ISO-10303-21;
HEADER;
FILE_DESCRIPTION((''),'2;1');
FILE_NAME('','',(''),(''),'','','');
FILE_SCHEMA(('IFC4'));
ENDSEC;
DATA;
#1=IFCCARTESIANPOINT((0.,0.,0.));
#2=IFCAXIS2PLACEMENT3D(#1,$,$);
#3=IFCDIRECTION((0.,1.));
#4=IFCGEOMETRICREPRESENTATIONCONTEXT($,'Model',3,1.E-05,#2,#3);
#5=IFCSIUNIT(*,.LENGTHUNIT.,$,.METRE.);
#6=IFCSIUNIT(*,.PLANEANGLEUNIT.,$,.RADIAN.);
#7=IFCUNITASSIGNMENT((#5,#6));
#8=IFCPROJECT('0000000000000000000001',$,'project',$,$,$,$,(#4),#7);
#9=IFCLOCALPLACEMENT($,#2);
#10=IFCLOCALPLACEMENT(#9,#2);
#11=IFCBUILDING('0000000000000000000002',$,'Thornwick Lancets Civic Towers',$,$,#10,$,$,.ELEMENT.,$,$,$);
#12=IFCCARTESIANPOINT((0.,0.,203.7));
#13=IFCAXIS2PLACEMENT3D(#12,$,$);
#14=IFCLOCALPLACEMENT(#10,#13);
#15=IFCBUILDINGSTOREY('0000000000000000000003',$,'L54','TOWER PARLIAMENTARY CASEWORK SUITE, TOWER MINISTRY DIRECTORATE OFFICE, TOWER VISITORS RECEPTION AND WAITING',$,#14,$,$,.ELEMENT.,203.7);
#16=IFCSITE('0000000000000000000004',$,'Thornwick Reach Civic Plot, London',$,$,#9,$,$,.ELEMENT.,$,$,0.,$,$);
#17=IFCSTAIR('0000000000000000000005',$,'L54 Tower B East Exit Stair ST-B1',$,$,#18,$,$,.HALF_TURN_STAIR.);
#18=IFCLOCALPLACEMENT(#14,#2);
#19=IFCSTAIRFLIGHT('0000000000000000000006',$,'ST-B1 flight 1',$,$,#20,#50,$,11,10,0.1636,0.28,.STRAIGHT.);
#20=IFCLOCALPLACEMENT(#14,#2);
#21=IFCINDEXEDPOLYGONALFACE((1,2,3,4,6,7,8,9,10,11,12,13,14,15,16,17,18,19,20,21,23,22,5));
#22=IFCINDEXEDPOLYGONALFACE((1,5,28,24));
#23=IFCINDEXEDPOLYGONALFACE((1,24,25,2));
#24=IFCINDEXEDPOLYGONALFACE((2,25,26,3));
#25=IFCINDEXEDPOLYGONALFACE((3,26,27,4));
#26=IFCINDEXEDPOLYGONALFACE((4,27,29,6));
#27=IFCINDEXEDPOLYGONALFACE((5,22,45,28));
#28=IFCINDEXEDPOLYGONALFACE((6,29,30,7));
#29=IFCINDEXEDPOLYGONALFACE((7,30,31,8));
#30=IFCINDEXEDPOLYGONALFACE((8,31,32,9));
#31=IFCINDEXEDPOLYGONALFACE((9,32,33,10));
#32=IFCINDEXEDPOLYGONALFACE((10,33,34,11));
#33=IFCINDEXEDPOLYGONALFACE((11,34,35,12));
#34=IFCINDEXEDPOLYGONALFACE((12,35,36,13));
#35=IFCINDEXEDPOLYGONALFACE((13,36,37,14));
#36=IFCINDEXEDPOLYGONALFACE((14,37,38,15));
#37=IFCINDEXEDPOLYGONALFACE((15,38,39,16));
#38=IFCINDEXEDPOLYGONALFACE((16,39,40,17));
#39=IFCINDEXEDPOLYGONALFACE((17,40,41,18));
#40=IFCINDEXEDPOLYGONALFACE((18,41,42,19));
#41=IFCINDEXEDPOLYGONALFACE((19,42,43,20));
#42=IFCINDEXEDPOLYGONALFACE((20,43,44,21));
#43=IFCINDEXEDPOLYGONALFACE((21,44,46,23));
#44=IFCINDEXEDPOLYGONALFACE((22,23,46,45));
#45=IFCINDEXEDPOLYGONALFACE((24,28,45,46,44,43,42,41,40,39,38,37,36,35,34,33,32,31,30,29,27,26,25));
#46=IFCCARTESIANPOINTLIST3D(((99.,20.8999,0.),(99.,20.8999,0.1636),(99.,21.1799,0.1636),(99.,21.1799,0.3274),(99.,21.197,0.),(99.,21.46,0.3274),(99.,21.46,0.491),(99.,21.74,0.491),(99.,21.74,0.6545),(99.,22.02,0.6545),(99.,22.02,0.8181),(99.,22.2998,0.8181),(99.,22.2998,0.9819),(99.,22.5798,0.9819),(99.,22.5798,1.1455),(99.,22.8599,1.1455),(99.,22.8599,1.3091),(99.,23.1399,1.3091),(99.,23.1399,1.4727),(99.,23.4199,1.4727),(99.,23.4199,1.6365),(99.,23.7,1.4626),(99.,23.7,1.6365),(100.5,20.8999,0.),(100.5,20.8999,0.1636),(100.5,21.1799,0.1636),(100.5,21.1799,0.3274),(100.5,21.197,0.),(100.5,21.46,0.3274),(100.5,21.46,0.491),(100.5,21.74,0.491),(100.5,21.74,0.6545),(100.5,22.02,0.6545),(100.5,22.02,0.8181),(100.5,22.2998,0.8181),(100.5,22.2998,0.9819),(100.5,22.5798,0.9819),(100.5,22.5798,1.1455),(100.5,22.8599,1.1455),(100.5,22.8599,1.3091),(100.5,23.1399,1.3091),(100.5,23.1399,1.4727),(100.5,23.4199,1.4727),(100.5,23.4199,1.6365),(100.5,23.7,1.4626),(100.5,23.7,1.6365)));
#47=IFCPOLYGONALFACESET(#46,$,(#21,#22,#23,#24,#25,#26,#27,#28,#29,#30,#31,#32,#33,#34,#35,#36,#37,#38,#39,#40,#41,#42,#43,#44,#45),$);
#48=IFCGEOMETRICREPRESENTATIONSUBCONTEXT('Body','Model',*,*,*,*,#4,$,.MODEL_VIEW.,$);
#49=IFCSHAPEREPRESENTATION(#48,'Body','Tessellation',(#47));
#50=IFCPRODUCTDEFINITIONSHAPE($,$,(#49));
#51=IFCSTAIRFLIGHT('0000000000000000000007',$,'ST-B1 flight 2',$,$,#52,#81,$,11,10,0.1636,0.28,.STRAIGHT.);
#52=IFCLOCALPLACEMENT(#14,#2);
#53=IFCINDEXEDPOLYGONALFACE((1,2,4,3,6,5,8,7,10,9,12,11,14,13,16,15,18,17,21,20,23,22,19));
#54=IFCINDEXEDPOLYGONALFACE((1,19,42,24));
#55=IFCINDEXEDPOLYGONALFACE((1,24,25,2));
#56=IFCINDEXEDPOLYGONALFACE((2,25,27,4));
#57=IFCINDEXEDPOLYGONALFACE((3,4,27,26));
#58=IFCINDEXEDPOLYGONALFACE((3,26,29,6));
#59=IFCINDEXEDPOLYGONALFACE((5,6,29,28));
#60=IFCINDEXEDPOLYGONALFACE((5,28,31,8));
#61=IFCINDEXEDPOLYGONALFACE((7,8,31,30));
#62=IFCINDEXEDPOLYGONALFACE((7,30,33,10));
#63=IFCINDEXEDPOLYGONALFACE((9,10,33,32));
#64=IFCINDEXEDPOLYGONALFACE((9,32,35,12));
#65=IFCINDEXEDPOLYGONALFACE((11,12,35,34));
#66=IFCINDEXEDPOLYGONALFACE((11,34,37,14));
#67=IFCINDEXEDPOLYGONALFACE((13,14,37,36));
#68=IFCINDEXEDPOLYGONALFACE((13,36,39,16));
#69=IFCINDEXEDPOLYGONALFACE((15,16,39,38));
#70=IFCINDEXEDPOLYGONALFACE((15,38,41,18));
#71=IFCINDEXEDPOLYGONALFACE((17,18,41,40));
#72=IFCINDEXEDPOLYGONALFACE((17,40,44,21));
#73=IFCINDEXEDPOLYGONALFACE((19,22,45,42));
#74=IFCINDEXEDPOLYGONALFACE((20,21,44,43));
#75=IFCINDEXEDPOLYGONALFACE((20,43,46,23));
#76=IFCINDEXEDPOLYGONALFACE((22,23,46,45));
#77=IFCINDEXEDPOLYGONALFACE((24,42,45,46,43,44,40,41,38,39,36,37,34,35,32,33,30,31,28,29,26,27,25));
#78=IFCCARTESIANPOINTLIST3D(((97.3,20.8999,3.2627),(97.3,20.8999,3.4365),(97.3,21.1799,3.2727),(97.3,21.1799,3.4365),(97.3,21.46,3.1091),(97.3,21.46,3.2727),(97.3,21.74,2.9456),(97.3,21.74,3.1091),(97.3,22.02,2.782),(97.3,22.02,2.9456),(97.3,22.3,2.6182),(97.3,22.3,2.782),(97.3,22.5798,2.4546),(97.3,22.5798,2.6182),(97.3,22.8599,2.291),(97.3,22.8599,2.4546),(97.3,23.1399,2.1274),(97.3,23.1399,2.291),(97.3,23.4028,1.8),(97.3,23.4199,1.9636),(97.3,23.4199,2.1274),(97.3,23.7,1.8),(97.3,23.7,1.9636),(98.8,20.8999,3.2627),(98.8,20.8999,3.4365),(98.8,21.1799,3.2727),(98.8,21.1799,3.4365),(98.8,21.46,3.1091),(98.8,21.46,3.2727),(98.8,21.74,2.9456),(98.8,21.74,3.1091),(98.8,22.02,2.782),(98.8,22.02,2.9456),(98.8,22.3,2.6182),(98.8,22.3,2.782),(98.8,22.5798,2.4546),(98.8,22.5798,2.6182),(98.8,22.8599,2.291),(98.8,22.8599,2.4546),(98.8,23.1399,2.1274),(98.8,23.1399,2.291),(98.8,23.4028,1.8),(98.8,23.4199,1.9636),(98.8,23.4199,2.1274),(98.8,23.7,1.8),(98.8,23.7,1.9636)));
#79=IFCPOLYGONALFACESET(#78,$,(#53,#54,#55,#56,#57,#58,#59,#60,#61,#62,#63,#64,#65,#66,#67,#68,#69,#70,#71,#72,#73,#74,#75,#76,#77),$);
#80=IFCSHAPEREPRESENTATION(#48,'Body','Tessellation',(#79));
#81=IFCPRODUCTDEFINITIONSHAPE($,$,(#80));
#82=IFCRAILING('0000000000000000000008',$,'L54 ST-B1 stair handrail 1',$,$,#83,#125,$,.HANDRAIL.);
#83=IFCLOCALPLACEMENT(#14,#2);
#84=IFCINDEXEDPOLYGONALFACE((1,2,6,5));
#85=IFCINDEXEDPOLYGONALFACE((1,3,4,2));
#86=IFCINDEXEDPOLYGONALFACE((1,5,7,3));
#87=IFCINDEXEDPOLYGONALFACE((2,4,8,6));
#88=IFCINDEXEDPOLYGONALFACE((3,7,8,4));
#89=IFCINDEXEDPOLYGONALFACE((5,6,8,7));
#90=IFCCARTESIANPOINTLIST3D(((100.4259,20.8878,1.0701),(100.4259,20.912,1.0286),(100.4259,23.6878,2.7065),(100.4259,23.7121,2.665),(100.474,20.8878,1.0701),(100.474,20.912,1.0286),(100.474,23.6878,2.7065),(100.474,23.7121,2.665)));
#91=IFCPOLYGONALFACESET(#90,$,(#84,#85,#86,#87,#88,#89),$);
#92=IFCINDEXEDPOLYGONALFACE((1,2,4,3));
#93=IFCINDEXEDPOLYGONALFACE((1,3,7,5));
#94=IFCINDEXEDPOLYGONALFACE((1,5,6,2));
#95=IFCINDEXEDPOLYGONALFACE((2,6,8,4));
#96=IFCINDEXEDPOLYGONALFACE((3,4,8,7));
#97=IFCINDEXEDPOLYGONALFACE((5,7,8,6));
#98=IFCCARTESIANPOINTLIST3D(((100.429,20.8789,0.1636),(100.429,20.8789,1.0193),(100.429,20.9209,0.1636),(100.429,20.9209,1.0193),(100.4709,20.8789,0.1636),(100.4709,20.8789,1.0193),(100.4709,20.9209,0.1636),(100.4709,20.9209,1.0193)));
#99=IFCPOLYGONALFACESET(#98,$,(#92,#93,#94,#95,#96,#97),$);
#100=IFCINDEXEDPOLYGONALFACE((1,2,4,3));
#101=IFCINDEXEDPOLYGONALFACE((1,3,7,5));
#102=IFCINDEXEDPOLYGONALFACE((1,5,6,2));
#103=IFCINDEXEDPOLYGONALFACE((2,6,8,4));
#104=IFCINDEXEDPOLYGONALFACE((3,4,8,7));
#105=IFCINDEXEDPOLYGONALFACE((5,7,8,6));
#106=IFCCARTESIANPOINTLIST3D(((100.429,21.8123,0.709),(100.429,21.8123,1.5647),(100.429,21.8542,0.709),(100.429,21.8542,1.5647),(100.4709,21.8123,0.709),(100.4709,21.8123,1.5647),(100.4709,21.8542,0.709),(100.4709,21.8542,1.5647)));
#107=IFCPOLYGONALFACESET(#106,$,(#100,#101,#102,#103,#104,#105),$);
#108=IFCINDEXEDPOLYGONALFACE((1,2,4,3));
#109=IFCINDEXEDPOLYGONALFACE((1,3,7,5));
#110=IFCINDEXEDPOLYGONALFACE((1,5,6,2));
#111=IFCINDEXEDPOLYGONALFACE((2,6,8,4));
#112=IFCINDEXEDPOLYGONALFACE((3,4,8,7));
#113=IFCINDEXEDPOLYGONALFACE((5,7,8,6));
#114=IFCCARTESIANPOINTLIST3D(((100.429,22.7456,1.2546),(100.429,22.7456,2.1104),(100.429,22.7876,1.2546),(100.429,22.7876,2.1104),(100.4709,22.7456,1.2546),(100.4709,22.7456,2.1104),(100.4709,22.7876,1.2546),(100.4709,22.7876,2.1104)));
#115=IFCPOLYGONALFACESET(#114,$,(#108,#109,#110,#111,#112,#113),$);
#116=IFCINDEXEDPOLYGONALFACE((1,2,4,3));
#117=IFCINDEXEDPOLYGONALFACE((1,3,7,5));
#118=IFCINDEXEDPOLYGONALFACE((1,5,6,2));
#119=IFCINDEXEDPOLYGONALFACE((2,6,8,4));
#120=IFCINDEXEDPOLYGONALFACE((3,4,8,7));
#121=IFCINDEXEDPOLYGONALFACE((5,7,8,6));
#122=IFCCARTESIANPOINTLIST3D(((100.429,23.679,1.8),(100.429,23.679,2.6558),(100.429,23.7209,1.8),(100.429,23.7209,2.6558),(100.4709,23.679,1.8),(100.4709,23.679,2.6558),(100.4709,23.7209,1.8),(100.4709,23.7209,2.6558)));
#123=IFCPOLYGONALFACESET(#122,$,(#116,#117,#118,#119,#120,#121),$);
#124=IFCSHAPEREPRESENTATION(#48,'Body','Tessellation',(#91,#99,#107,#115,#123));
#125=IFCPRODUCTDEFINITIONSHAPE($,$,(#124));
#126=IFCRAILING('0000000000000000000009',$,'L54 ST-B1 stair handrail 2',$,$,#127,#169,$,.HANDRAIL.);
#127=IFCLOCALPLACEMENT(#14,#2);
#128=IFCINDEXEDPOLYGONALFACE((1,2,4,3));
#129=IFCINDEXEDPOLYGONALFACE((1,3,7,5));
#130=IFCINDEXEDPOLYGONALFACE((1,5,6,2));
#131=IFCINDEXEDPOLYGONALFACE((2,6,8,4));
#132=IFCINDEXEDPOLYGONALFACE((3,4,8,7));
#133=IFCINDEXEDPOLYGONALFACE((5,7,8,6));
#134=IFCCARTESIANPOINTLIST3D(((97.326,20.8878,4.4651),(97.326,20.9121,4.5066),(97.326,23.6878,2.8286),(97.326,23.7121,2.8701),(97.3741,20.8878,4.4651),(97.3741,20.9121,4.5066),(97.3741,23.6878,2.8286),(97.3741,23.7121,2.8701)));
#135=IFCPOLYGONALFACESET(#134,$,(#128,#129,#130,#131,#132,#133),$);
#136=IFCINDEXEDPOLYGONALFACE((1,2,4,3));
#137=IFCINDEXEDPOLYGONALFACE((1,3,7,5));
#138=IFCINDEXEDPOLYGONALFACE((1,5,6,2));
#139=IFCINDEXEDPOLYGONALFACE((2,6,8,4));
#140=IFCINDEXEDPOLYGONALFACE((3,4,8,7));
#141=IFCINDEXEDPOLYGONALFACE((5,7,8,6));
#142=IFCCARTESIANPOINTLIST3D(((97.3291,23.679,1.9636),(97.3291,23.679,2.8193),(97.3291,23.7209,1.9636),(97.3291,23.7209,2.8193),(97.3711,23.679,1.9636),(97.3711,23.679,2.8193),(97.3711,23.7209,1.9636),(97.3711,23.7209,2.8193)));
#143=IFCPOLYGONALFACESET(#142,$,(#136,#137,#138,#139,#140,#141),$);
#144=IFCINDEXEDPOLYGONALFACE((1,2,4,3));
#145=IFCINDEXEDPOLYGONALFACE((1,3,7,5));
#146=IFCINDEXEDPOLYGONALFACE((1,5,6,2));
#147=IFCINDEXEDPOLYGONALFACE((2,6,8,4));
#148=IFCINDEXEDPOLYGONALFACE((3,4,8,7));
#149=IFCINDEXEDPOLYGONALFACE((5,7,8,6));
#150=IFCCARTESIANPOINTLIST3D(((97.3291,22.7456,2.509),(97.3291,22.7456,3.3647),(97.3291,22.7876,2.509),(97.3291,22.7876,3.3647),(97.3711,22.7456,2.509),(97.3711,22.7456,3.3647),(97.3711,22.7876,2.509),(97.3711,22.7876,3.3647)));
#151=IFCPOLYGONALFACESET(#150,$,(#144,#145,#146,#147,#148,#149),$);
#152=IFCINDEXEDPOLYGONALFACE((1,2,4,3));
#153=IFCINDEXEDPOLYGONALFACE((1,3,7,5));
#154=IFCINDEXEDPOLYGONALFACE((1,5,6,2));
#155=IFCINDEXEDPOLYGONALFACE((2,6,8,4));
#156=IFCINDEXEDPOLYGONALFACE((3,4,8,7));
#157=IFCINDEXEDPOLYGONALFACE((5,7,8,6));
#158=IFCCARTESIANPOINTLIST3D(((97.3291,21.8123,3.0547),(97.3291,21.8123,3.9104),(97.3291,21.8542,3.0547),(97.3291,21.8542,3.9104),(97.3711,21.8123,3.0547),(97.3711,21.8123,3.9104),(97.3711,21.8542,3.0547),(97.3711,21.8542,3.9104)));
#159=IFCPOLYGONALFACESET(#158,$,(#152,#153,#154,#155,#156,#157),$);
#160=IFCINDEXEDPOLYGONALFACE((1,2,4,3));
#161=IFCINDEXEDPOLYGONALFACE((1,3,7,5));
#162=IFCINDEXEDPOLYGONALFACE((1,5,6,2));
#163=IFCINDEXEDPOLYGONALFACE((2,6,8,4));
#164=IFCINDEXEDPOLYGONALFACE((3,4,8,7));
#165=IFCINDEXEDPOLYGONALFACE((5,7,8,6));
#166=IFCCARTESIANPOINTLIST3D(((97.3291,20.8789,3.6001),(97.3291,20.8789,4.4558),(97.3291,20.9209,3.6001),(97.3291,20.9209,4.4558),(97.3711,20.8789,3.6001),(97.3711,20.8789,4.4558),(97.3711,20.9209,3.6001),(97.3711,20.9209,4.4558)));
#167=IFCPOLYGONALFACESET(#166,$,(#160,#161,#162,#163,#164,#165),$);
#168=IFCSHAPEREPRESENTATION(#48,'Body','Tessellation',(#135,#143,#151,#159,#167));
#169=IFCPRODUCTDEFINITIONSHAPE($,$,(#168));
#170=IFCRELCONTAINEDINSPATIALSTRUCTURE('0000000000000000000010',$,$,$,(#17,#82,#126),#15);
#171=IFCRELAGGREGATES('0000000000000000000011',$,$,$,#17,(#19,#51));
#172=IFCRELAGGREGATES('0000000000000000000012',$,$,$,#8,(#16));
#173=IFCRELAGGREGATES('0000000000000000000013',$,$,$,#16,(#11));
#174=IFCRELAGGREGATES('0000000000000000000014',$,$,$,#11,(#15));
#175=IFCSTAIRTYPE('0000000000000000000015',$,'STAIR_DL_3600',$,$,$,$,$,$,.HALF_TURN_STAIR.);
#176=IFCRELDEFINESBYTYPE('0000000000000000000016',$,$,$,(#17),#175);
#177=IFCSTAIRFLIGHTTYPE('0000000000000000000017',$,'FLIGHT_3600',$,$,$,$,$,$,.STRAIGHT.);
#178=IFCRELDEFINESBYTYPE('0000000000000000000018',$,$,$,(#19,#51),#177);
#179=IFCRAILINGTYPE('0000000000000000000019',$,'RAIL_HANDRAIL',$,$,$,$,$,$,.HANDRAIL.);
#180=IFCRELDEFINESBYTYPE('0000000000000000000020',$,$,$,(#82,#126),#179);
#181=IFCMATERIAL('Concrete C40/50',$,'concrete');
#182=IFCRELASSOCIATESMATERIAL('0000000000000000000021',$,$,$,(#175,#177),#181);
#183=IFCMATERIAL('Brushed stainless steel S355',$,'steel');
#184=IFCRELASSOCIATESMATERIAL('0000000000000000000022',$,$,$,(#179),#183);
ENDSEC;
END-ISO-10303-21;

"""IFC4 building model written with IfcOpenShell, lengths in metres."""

from ifc_helpers import new_model, si_unit, direction, frame, origin, origin_2d, place, context, subcontext, project, spatial, polyline, rectangle, outline, extrude, material, type_object, element, aggregate, save


model = new_model("IFC4")

# Units and contexts
model_context = context("Model", 3, precision=1e-05, world=origin(), true_north=direction((0.0, 1.0)))
body_context = subcontext(model_context, "Body", "Model", "MODEL_VIEW")
ifc_project = project(units=[si_unit("LENGTHUNIT", "METRE"), si_unit("PLANEANGLEUNIT", "RADIAN")], contexts=[model_context])

# Site, building, storey
site_placement = place(None, origin())
site = spatial("IfcSite", under=ifc_project, at=site_placement, Name="Thornwick Reach Civic Plot, London", CompositionType="ELEMENT", RefElevation=0.0)
building_placement = place(site_placement, origin())
building = spatial("IfcBuilding", under=site, at=building_placement, Name="Thornwick Lancets Civic Towers", CompositionType="ELEMENT")
storey_placement = place(building_placement, frame((0.0, 0.0, 203.7)))
storey = spatial("IfcBuildingStorey", under=building, at=storey_placement, Name="L54", Description="TOWER PARLIAMENTARY CASEWORK SUITE, TOWER MINISTRY DIRECTORATE OFFICE, TOWER VISITORS RECEPTION AND WAITING", CompositionType="ELEMENT", Elevation=203.7)

# Shared definitions
ifc_material_1 = material(Name="Concrete C40/50", Category="concrete")

# Stair, stair flights
stair_type = type_object("IfcStairType", Name="STAIR_DL_3600", PredefinedType="HALF_TURN_STAIR", material=ifc_material_1)
stair_placement = place(storey_placement, origin())
stair = element("IfcStair", 1, at=stair_placement, inside=storey, type_object=stair_type, Name="L54 Tower B East Exit Stair ST-B1", PredefinedType="HALF_TURN_STAIR")
stair_flight_type = type_object("IfcStairFlightType", Name="FLIGHT_3600", PredefinedType="STRAIGHT", material=ifc_material_1)
stair_flight_1_placement = place(storey_placement, frame((99.75, 20.8999, 0.0), z_axis=(0.0, 0.0, 1.0), x_axis=(0.0, 1.0, 0.0)))
stair_flight_1 = element("IfcStairFlight", 2, at=stair_flight_1_placement, type_object=stair_flight_type, Name="ST-B1 flight 1", NumberOfRisers=11, NumberOfTreads=10, PredefinedType="STRAIGHT", RiserHeight=0.1636, TreadLength=0.28, context=body_context, shape_type="SweptSolid", body=[
    extrude(outline(polyline([(0.0, 0.0), (0.0, 0.1636), (0.28, 0.1636), (0.28, 0.3274), (0.5601, 0.3274), (0.5601, 0.491), (0.8401, 0.491), (0.8401, 0.6545), (1.1201, 0.6545), (1.1201, 0.8181), (1.3999, 0.8181), (1.3999, 0.9819), (1.6799, 0.9819), (1.6799, 1.1455), (1.96, 1.1455), (1.96, 1.3091), (2.24, 1.3091), (2.24, 1.4727), (2.52, 1.4727), (2.52, 1.6365), (2.8, 1.6365), (2.8, 1.8), (2.8, 1.4626), (0.2971, 0.0), (0.0, 0.0)])), frame((0.0, 0.75, 0.0), z_axis=(0.0, -1.0, 0.0), x_axis=(1.0, 0.0, 0.0)), (0.0, 0.0, 1.0), 1.5),
])
stair_flight_2_placement = place(storey_placement, frame((98.05, 23.7, 1.8), z_axis=(0.0, 0.0, 1.0), x_axis=(0.0, -1.0, 0.0)))
stair_flight_2 = element("IfcStairFlight", 3, at=stair_flight_2_placement, type_object=stair_flight_type, Name="ST-B1 flight 2", NumberOfRisers=11, NumberOfTreads=10, PredefinedType="STRAIGHT", RiserHeight=0.1636, TreadLength=0.28, context=body_context, shape_type="SweptSolid", body=[
    extrude(outline(polyline([(0.0, 0.0), (0.0, 0.1636), (0.28, 0.1636), (0.28, 0.3274), (0.5601, 0.3274), (0.5601, 0.491), (0.8401, 0.491), (0.8401, 0.6545), (1.1201, 0.6545), (1.1201, 0.8181), (1.3999, 0.8181), (1.3999, 0.9819), (1.6799, 0.9819), (1.6799, 1.1455), (1.96, 1.1455), (1.96, 1.3091), (2.24, 1.3091), (2.24, 1.4727), (2.52, 1.4727), (2.52, 1.6365), (2.8, 1.6365), (2.8, 1.8), (2.8, 1.4626), (0.2971, 0.0), (0.0, 0.0)])), frame((0.0, 0.75, 0.0), z_axis=(0.0, -1.0, 0.0), x_axis=(1.0, 0.0, 0.0)), (0.0, 0.0, 1.0), 1.5),
])
aggregate(stair, [stair_flight_1, stair_flight_2])

# Railings
ifc_material_2 = material(Name="Brushed stainless steel S355", Category="steel")
railing_type_1 = type_object("IfcRailingType", Name="RAIL_HANDRAIL", PredefinedType="HANDRAIL", material=ifc_material_2)
railing_1_placement = place(storey_placement, frame((100.45, 20.8999, 0.1636)))
element("IfcRailing", 4, at=railing_1_placement, inside=storey, type_object=railing_type_1, Name="L54 ST-B1 stair handrail 1", PredefinedType="HANDRAIL", context=body_context, shape_type="SweptSolid", body=[
    extrude(rectangle(XDim=0.0481, YDim=0.0481, at=origin_2d()), frame((0.0, 0.0, 0.8857), z_axis=(0.0, 0.863361, 0.504587), x_axis=(-1.0, 0.0, 0.0)), (0.0, 0.0, 1.0), 3.2432),
    extrude(rectangle(XDim=0.042, YDim=0.042, at=origin_2d()), origin(), (0.0, 0.0, 1.0), 0.8557),
    extrude(rectangle(XDim=0.042, YDim=0.042, at=origin_2d()), frame((0.0, 0.9333, 0.5454)), (0.0, 0.0, 1.0), 0.8557),
    extrude(rectangle(XDim=0.042, YDim=0.042, at=origin_2d()), frame((0.0, 1.8667, 1.0911)), (0.0, 0.0, 1.0), 0.8557),
    extrude(rectangle(XDim=0.042, YDim=0.042, at=origin_2d()), frame((0.0, 2.8, 1.6365)), (0.0, 0.0, 1.0), 0.8557),
])
railing_2_placement = place(storey_placement, frame((97.3501, 23.7, 1.9636)))
element("IfcRailing", 5, at=railing_2_placement, inside=storey, type_object=railing_type_1, Name="L54 ST-B1 stair handrail 2", PredefinedType="HANDRAIL", context=body_context, shape_type="SweptSolid", body=[
    extrude(rectangle(XDim=0.0481, YDim=0.0481, at=origin_2d()), frame((0.0, 0.0, 0.8857), z_axis=(0.0, -0.863361, 0.504587), x_axis=(1.0, 0.0, 0.0)), (0.0, 0.0, 1.0), 3.2432),
    extrude(rectangle(XDim=0.042, YDim=0.042, at=origin_2d()), origin(), (0.0, 0.0, 1.0), 0.8557),
    extrude(rectangle(XDim=0.042, YDim=0.042, at=origin_2d()), frame((0.0, -0.9333, 0.5454)), (0.0, 0.0, 1.0), 0.8557),
    extrude(rectangle(XDim=0.042, YDim=0.042, at=origin_2d()), frame((0.0, -1.8667, 1.0911)), (0.0, 0.0, 1.0), 0.8557),
    extrude(rectangle(XDim=0.042, YDim=0.042, at=origin_2d()), frame((0.0, -2.8, 1.6365)), (0.0, 0.0, 1.0), 0.8557),
])

save(model, "model.ifc")
